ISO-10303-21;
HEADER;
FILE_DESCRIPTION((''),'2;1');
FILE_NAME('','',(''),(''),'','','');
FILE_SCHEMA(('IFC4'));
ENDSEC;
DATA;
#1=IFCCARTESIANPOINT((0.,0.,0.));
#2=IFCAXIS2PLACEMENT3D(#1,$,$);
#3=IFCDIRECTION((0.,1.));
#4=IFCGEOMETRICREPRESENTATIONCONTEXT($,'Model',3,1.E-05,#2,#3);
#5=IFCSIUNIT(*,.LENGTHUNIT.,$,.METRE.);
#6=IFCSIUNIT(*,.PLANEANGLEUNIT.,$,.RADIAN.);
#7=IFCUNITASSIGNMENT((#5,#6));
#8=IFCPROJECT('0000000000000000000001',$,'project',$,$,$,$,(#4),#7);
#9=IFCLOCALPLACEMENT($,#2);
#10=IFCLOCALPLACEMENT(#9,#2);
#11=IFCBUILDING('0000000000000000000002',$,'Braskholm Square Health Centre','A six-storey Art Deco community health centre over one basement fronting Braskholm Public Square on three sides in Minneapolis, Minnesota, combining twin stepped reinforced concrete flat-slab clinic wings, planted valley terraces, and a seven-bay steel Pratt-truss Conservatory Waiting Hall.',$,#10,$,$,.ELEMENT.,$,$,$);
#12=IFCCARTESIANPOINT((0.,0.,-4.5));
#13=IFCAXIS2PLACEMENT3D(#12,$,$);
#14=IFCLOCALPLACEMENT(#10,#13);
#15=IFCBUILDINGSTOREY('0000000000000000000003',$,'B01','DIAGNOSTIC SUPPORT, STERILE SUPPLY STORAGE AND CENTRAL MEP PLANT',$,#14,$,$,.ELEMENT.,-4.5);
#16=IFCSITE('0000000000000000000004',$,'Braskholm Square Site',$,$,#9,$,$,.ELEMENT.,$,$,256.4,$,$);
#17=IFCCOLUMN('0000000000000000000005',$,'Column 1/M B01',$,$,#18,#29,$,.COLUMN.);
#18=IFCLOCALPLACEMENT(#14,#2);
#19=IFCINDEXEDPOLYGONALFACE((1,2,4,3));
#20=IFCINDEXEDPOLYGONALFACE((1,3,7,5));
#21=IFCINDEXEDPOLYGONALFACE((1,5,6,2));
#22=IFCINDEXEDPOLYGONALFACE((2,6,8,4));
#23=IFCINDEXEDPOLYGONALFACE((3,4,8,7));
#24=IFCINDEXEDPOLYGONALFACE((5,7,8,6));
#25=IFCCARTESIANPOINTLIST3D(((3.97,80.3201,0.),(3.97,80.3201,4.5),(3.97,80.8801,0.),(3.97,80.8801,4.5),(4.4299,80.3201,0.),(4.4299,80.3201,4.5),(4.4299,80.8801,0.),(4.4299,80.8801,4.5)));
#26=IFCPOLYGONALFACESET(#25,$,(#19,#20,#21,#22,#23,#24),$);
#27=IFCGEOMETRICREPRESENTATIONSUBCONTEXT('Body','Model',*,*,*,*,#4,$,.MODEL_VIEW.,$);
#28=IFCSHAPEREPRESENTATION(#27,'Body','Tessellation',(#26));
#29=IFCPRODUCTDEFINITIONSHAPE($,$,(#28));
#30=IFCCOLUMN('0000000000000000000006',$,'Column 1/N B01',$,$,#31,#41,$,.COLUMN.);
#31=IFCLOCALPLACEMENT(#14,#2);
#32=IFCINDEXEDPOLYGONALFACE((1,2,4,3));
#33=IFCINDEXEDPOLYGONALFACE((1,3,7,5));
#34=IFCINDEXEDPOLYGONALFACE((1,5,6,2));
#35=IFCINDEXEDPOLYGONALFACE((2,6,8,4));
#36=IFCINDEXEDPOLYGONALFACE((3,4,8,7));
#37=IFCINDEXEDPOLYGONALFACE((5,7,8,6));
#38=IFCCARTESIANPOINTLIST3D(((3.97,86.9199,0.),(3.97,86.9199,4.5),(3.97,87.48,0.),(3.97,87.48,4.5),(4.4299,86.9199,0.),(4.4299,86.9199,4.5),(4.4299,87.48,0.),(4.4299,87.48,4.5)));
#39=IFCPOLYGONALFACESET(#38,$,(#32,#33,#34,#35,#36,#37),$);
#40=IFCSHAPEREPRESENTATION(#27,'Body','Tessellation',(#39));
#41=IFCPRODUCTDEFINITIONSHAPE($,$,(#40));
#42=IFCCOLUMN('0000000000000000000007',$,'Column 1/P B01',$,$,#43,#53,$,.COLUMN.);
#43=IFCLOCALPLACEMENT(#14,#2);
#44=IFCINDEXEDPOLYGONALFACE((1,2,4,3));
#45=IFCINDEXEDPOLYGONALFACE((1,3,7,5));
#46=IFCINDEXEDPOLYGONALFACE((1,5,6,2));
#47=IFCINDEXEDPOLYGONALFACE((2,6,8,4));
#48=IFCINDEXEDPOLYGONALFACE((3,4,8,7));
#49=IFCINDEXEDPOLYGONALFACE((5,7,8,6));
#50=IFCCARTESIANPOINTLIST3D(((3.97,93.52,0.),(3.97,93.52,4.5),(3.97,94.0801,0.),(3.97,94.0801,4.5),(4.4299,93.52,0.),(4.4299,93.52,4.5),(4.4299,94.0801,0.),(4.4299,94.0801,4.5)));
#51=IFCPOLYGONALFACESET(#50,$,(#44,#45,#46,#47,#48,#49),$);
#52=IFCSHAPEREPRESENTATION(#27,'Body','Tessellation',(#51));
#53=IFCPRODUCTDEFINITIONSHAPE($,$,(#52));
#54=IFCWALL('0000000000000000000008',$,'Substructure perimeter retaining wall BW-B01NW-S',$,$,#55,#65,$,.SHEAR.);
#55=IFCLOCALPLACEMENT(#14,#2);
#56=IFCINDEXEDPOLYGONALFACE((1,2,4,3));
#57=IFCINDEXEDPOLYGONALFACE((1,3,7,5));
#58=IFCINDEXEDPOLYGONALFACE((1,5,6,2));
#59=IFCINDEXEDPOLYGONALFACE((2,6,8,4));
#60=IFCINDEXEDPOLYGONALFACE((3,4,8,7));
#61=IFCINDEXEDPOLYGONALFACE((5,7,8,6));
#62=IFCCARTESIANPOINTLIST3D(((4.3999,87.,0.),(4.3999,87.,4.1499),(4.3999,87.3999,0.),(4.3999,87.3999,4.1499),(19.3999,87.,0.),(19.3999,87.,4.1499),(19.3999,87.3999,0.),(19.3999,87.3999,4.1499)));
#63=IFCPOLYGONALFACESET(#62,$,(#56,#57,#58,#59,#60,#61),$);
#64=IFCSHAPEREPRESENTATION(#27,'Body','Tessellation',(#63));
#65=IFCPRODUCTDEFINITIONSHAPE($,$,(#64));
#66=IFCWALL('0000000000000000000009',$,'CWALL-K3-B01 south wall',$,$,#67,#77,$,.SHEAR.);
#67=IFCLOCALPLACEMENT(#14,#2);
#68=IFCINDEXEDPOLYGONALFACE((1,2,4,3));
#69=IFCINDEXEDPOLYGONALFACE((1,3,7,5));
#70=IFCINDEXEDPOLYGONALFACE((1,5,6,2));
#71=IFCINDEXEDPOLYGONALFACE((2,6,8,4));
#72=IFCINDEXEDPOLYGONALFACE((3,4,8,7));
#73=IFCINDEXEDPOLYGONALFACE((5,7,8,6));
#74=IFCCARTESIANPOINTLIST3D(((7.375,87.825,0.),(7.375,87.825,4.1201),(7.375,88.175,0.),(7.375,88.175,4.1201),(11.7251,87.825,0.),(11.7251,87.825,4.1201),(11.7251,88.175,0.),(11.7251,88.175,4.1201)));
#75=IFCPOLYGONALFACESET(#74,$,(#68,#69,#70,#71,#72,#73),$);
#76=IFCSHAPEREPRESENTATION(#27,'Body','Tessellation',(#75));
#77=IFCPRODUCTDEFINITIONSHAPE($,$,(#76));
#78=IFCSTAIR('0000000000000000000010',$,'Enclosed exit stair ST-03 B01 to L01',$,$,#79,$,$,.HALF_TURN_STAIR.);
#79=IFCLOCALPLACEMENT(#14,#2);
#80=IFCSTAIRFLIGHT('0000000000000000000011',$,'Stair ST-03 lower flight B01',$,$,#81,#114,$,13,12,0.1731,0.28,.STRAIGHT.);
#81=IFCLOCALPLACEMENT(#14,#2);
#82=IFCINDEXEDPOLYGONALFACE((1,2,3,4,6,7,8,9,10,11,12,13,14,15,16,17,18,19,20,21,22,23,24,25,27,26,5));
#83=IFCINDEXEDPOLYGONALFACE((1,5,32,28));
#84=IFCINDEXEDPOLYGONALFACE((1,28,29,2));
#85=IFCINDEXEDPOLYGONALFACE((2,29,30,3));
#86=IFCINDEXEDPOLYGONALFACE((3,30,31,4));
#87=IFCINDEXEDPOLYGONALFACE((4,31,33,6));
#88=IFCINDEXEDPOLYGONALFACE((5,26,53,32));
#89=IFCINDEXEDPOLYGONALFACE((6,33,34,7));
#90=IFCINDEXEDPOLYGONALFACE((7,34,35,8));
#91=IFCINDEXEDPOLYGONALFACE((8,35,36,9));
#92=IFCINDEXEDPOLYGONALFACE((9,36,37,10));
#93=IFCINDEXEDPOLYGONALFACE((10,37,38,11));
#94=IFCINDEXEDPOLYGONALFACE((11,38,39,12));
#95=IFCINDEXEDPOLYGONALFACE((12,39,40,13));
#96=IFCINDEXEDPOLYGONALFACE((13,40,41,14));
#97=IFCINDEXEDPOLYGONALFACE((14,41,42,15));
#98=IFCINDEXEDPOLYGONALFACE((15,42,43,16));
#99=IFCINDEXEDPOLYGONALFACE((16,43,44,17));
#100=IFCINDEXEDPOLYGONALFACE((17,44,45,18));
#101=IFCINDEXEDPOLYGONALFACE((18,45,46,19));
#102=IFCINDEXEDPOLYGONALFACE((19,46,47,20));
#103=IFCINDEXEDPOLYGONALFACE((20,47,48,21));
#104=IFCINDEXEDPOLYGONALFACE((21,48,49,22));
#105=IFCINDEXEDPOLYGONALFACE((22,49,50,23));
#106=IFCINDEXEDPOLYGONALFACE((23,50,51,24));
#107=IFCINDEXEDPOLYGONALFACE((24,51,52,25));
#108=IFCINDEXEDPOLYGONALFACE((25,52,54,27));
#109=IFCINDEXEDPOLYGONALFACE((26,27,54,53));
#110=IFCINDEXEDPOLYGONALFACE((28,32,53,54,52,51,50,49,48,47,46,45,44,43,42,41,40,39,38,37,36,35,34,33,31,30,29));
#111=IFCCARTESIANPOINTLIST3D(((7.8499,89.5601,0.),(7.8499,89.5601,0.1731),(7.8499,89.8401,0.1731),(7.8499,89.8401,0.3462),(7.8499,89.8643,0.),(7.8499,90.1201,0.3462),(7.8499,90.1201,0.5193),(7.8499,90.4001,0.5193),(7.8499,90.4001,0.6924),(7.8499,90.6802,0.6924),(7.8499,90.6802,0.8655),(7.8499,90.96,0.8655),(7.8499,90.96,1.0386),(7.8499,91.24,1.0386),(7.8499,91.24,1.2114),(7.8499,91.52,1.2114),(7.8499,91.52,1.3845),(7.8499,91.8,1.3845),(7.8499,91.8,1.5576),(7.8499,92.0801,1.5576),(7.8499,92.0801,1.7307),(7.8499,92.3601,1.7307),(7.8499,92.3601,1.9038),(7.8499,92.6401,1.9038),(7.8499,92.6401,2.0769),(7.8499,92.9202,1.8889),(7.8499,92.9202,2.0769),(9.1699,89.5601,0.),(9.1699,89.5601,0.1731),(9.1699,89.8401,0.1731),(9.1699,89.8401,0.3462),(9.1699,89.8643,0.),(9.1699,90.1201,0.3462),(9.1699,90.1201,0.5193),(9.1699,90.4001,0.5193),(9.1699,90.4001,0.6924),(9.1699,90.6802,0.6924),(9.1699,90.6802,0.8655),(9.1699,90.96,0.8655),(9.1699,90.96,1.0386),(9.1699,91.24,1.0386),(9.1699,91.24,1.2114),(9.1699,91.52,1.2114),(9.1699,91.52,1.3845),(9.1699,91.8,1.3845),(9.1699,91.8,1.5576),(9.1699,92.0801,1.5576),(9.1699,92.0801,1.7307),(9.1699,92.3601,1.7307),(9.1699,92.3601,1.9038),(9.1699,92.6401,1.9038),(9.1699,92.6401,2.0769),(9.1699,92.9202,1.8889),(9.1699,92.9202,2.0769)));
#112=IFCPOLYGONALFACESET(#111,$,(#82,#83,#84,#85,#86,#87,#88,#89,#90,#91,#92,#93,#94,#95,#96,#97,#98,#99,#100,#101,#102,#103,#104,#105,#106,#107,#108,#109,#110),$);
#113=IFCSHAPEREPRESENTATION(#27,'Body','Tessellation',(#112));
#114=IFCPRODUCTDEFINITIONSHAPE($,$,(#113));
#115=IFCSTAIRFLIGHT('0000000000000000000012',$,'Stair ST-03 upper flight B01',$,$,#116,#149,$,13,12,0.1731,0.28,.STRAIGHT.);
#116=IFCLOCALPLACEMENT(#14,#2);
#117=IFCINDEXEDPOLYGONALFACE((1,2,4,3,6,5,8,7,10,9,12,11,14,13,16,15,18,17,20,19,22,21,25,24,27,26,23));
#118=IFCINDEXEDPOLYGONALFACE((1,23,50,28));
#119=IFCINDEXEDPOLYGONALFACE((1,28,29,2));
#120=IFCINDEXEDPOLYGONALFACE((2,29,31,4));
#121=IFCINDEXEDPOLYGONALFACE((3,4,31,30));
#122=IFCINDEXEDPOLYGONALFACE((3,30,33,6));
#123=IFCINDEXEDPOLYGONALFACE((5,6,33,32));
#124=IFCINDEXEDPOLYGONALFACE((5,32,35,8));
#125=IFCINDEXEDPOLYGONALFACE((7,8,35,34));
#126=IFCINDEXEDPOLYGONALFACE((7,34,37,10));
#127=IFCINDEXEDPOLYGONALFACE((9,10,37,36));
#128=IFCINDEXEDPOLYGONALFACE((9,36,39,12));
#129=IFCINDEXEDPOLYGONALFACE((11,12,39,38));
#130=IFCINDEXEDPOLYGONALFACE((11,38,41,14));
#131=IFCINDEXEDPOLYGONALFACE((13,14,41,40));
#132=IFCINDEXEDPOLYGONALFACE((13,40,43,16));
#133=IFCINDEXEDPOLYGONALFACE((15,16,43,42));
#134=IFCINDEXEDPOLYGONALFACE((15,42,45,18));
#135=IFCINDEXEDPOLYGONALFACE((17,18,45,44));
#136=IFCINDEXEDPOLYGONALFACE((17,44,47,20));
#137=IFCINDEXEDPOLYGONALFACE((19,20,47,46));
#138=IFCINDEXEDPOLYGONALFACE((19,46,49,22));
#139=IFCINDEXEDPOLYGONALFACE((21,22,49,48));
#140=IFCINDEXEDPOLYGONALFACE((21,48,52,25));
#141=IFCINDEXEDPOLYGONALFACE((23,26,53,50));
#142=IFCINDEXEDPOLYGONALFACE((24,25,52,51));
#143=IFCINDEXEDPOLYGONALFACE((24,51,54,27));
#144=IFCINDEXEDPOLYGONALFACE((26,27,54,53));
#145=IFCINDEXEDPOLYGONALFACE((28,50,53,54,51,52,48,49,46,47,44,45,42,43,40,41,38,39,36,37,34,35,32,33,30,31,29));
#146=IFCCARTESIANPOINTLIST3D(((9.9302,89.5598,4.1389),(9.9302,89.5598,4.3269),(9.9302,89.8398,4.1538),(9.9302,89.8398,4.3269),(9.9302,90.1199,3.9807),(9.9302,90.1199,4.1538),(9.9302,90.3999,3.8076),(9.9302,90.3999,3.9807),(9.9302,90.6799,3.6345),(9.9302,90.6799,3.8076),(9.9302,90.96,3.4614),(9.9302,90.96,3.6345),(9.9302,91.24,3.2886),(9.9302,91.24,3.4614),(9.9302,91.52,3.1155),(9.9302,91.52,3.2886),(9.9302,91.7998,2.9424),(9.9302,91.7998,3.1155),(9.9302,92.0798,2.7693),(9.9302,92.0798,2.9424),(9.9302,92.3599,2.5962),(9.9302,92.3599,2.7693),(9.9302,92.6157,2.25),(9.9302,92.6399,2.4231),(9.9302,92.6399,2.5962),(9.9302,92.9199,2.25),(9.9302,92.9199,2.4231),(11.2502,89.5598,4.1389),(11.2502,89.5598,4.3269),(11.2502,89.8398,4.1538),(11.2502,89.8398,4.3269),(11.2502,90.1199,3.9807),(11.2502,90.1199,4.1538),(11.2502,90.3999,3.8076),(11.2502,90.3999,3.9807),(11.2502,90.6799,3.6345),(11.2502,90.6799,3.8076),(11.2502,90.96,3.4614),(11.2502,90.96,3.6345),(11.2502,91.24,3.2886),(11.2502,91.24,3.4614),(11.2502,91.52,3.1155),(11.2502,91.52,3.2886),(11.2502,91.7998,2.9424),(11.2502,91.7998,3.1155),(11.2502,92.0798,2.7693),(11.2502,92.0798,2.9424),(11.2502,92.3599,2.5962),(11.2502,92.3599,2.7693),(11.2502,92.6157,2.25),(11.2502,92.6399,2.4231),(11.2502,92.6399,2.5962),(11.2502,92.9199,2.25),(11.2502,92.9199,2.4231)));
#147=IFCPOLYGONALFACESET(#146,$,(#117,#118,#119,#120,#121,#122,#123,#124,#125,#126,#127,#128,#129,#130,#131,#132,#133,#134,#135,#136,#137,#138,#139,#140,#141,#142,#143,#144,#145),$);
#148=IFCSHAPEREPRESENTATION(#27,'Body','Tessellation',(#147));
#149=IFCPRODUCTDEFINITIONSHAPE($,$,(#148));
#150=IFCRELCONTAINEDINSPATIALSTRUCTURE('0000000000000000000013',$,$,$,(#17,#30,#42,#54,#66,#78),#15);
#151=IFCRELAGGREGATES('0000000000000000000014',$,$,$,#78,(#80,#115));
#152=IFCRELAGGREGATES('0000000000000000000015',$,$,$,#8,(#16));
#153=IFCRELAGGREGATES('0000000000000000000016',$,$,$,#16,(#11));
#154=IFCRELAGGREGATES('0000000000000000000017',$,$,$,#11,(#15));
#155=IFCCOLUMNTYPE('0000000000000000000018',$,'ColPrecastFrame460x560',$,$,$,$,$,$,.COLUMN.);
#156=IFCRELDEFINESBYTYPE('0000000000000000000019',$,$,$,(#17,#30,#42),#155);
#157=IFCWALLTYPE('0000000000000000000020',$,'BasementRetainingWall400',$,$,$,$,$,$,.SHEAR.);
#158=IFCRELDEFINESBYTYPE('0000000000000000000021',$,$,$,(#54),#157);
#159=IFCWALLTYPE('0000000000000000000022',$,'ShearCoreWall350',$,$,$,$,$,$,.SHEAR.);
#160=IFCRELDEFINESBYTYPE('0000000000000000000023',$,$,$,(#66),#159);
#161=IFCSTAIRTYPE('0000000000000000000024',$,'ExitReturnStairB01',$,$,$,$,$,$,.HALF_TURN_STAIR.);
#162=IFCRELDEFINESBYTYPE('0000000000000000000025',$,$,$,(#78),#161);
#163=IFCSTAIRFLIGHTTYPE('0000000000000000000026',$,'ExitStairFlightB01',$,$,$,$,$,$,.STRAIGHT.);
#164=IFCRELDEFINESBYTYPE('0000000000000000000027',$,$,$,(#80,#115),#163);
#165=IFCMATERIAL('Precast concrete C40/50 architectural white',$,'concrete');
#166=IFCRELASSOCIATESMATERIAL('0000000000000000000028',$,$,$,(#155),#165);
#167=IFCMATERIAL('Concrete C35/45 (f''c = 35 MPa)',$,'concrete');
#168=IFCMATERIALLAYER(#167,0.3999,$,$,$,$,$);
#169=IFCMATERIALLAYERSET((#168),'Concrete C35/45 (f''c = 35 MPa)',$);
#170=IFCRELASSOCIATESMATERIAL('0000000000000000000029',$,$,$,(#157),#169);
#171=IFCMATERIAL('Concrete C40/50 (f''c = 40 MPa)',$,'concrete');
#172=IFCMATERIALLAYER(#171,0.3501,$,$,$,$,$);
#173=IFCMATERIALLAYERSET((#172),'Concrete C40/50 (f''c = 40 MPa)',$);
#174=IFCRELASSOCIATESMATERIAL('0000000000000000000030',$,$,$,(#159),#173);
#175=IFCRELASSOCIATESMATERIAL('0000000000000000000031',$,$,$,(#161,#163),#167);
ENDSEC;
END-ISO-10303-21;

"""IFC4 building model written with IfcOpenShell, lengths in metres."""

from ifc_helpers import new_model, si_unit, direction, frame, frame_2d, origin, origin_2d, place, context, subcontext, project, spatial, polyline, rectangle, outline, extrude, material, layer, layer_set, material_profile, profile_set, type_object, element, aggregate, save


model = new_model("IFC4")

# Units and contexts
model_context = context("Model", 3, precision=1e-05, world=origin(), true_north=direction((0.0, 1.0)))
body_context = subcontext(model_context, "Body", "Model", "MODEL_VIEW")
ifc_project = project(units=[si_unit("LENGTHUNIT", "METRE"), si_unit("PLANEANGLEUNIT", "RADIAN")], contexts=[model_context])

# Site, building, storey
site_placement = place(None, origin())
site = spatial("IfcSite", under=ifc_project, at=site_placement, Name="Braskholm Square Site", CompositionType="ELEMENT", RefElevation=256.4)
building_placement = place(site_placement, origin())
building = spatial("IfcBuilding", under=site, at=building_placement, Name="Braskholm Square Health Centre", Description="A six-storey Art Deco community health centre over one basement fronting Braskholm Public Square on three sides in Minneapolis, Minnesota, combining twin stepped reinforced concrete flat-slab clinic wings, planted valley terraces, and a seven-bay steel Pratt-truss Conservatory Waiting Hall.", CompositionType="ELEMENT")
storey_placement = place(building_placement, frame((0.0, 0.0, -4.5)))
storey = spatial("IfcBuildingStorey", under=building, at=storey_placement, Name="B01", Description="DIAGNOSTIC SUPPORT, STERILE SUPPLY STORAGE AND CENTRAL MEP PLANT", CompositionType="ELEMENT", Elevation=-4.5)

# Shared definitions
ifc_material_1 = material(Name="Concrete C40/50 (f'c = 40 MPa)", Category="concrete")

# Columns
ifc_material_2 = material(Name="Precast concrete C40/50 architectural white", Category="concrete")
ifc_material_profile_1 = material_profile(ifc_material_2, rectangle(XDim=0.46, YDim=0.5601, at=origin_2d()), Name="RC-460X560")
ifc_profile_set_1 = profile_set([ifc_material_profile_1], Name="Precast concrete C40/50 architectural white")
column_type_1 = type_object("IfcColumnType", Name="ColPrecastFrame460x560", PredefinedType="COLUMN", material=ifc_profile_set_1)
for number, where, z_axis, x_axis, name in (
    (1, (4.2, 80.6001, 0.0), (0.0, 0.0, 1.0), (1.0, 0.0, 0.0), "Column 1/M B01"),
    (2, (4.2, 87.2, 0.0), (0.0, 0.0, 1.0), (1.0, 0.0, 0.0), "Column 1/N B01"),
    (3, (4.2, 93.8, 0.0), (0.0, 0.0, 1.0), (1.0, 0.0, 0.0), "Column 1/P B01"),
):
    element("IfcColumn", number, at=place(storey_placement, frame(where, z_axis=z_axis, x_axis=x_axis)), inside=storey, type_object=column_type_1, Name=name, PredefinedType="COLUMN", context=body_context, shape_type="SweptSolid", body=[
        extrude(rectangle(XDim=0.46, YDim=0.5601, at=origin_2d()), origin(), (0.0, 0.0, 1.0), 4.5),
    ])

# Walls
ifc_material_3 = material(Name="Concrete C35/45 (f'c = 35 MPa)", Category="concrete")
ifc_layer_1 = layer(ifc_material_3, 0.3999)
ifc_layer_set_1 = layer_set([ifc_layer_1], Name="Concrete C35/45 (f'c = 35 MPa)")
wall_type_1 = type_object("IfcWallType", Name="BasementRetainingWall400", PredefinedType="SHEAR", material=ifc_layer_set_1)
wall_1_placement = place(storey_placement, frame((4.3999, 87.2, 0.0), z_axis=(0.0, 0.0, 1.0), x_axis=(1.0, 0.0, 0.0)))
element("IfcWall", 4, at=wall_1_placement, inside=storey, type_object=wall_type_1, Name="Substructure perimeter retaining wall BW-B01NW-S", PredefinedType="SHEAR", context=body_context, shape_type="SweptSolid", body=[
    extrude(rectangle(XDim=15.0, YDim=0.3999, at=frame_2d((7.5, 0.0))), origin(), (0.0, 0.0, 1.0), 4.1499),
])
ifc_layer_2 = layer(ifc_material_1, 0.3501)
ifc_layer_set_2 = layer_set([ifc_layer_2], Name="Concrete C40/50 (f'c = 40 MPa)")
wall_type_2 = type_object("IfcWallType", Name="ShearCoreWall350", PredefinedType="SHEAR", material=ifc_layer_set_2)
wall_2_placement = place(storey_placement, frame((7.375, 88.0, 0.0), z_axis=(0.0, 0.0, 1.0), x_axis=(1.0, 0.0, 0.0)))
element("IfcWall", 5, at=wall_2_placement, inside=storey, type_object=wall_type_2, Name="CWALL-K3-B01 south wall", PredefinedType="SHEAR", context=body_context, shape_type="SweptSolid", body=[
    extrude(rectangle(XDim=4.3501, YDim=0.3501, at=frame_2d((2.175, 0.0))), origin(), (0.0, 0.0, 1.0), 4.1201),
])

# Stair, stair flights
stair_type = type_object("IfcStairType", Name="ExitReturnStairB01", PredefinedType="HALF_TURN_STAIR", material=ifc_material_3)
stair_placement = place(storey_placement, origin())
stair = element("IfcStair", 6, at=stair_placement, inside=storey, type_object=stair_type, Name="Enclosed exit stair ST-03 B01 to L01", PredefinedType="HALF_TURN_STAIR")
stair_flight_type = type_object("IfcStairFlightType", Name="ExitStairFlightB01", PredefinedType="STRAIGHT", material=ifc_material_3)
stair_flight_1_placement = place(storey_placement, frame((8.51, 89.5601, 0.0), z_axis=(0.0, 0.0, 1.0), x_axis=(0.0, 1.0, 0.0)))
stair_flight_1 = element("IfcStairFlight", 7, at=stair_flight_1_placement, type_object=stair_flight_type, Name="Stair ST-03 lower flight B01", NumberOfRisers=13, NumberOfTreads=12, PredefinedType="STRAIGHT", RiserHeight=0.1731, TreadLength=0.28, context=body_context, shape_type="SweptSolid", body=[
    extrude(outline(polyline([(0.0, 0.0), (0.0, 0.1731), (0.28, 0.1731), (0.28, 0.3462), (0.5601, 0.3462), (0.5601, 0.5193), (0.8401, 0.5193), (0.8401, 0.6924), (1.1201, 0.6924), (1.1201, 0.8655), (1.3999, 0.8655), (1.3999, 1.0386), (1.6799, 1.0386), (1.6799, 1.2114), (1.96, 1.2114), (1.96, 1.3845), (2.24, 1.3845), (2.24, 1.5576), (2.52, 1.5576), (2.52, 1.7307), (2.8, 1.7307), (2.8, 1.9038), (3.0801, 1.9038), (3.0801, 2.0769), (3.3601, 2.0769), (3.3601, 2.25), (3.3601, 1.8889), (0.3042, 0.0), (0.0, 0.0)])), frame((0.0, 0.6602, 0.0), z_axis=(0.0, -1.0, 0.0), x_axis=(1.0, 0.0, 0.0)), (0.0, 0.0, 1.0), 1.3201),
])
stair_flight_2_placement = place(storey_placement, frame((10.5901, 92.9199, 2.25), z_axis=(0.0, 0.0, 1.0), x_axis=(0.0, -1.0, 0.0)))
stair_flight_2 = element("IfcStairFlight", 8, at=stair_flight_2_placement, type_object=stair_flight_type, Name="Stair ST-03 upper flight B01", NumberOfRisers=13, NumberOfTreads=12, PredefinedType="STRAIGHT", RiserHeight=0.1731, TreadLength=0.28, context=body_context, shape_type="SweptSolid", body=[
    extrude(outline(polyline([(0.0, 0.0), (0.0, 0.1731), (0.28, 0.1731), (0.28, 0.3462), (0.5601, 0.3462), (0.5601, 0.5193), (0.8401, 0.5193), (0.8401, 0.6924), (1.1201, 0.6924), (1.1201, 0.8655), (1.3999, 0.8655), (1.3999, 1.0386), (1.6799, 1.0386), (1.6799, 1.2114), (1.96, 1.2114), (1.96, 1.3845), (2.24, 1.3845), (2.24, 1.5576), (2.52, 1.5576), (2.52, 1.7307), (2.8, 1.7307), (2.8, 1.9038), (3.0801, 1.9038), (3.0801, 2.0769), (3.3601, 2.0769), (3.3601, 2.25), (3.3601, 1.8889), (0.3042, 0.0), (0.0, 0.0)])), frame((0.0, 0.6602, 0.0), z_axis=(0.0, -1.0, 0.0), x_axis=(1.0, 0.0, 0.0)), (0.0, 0.0, 1.0), 1.3201),
])
aggregate(stair, [stair_flight_1, stair_flight_2])

save(model, "model.ifc")
